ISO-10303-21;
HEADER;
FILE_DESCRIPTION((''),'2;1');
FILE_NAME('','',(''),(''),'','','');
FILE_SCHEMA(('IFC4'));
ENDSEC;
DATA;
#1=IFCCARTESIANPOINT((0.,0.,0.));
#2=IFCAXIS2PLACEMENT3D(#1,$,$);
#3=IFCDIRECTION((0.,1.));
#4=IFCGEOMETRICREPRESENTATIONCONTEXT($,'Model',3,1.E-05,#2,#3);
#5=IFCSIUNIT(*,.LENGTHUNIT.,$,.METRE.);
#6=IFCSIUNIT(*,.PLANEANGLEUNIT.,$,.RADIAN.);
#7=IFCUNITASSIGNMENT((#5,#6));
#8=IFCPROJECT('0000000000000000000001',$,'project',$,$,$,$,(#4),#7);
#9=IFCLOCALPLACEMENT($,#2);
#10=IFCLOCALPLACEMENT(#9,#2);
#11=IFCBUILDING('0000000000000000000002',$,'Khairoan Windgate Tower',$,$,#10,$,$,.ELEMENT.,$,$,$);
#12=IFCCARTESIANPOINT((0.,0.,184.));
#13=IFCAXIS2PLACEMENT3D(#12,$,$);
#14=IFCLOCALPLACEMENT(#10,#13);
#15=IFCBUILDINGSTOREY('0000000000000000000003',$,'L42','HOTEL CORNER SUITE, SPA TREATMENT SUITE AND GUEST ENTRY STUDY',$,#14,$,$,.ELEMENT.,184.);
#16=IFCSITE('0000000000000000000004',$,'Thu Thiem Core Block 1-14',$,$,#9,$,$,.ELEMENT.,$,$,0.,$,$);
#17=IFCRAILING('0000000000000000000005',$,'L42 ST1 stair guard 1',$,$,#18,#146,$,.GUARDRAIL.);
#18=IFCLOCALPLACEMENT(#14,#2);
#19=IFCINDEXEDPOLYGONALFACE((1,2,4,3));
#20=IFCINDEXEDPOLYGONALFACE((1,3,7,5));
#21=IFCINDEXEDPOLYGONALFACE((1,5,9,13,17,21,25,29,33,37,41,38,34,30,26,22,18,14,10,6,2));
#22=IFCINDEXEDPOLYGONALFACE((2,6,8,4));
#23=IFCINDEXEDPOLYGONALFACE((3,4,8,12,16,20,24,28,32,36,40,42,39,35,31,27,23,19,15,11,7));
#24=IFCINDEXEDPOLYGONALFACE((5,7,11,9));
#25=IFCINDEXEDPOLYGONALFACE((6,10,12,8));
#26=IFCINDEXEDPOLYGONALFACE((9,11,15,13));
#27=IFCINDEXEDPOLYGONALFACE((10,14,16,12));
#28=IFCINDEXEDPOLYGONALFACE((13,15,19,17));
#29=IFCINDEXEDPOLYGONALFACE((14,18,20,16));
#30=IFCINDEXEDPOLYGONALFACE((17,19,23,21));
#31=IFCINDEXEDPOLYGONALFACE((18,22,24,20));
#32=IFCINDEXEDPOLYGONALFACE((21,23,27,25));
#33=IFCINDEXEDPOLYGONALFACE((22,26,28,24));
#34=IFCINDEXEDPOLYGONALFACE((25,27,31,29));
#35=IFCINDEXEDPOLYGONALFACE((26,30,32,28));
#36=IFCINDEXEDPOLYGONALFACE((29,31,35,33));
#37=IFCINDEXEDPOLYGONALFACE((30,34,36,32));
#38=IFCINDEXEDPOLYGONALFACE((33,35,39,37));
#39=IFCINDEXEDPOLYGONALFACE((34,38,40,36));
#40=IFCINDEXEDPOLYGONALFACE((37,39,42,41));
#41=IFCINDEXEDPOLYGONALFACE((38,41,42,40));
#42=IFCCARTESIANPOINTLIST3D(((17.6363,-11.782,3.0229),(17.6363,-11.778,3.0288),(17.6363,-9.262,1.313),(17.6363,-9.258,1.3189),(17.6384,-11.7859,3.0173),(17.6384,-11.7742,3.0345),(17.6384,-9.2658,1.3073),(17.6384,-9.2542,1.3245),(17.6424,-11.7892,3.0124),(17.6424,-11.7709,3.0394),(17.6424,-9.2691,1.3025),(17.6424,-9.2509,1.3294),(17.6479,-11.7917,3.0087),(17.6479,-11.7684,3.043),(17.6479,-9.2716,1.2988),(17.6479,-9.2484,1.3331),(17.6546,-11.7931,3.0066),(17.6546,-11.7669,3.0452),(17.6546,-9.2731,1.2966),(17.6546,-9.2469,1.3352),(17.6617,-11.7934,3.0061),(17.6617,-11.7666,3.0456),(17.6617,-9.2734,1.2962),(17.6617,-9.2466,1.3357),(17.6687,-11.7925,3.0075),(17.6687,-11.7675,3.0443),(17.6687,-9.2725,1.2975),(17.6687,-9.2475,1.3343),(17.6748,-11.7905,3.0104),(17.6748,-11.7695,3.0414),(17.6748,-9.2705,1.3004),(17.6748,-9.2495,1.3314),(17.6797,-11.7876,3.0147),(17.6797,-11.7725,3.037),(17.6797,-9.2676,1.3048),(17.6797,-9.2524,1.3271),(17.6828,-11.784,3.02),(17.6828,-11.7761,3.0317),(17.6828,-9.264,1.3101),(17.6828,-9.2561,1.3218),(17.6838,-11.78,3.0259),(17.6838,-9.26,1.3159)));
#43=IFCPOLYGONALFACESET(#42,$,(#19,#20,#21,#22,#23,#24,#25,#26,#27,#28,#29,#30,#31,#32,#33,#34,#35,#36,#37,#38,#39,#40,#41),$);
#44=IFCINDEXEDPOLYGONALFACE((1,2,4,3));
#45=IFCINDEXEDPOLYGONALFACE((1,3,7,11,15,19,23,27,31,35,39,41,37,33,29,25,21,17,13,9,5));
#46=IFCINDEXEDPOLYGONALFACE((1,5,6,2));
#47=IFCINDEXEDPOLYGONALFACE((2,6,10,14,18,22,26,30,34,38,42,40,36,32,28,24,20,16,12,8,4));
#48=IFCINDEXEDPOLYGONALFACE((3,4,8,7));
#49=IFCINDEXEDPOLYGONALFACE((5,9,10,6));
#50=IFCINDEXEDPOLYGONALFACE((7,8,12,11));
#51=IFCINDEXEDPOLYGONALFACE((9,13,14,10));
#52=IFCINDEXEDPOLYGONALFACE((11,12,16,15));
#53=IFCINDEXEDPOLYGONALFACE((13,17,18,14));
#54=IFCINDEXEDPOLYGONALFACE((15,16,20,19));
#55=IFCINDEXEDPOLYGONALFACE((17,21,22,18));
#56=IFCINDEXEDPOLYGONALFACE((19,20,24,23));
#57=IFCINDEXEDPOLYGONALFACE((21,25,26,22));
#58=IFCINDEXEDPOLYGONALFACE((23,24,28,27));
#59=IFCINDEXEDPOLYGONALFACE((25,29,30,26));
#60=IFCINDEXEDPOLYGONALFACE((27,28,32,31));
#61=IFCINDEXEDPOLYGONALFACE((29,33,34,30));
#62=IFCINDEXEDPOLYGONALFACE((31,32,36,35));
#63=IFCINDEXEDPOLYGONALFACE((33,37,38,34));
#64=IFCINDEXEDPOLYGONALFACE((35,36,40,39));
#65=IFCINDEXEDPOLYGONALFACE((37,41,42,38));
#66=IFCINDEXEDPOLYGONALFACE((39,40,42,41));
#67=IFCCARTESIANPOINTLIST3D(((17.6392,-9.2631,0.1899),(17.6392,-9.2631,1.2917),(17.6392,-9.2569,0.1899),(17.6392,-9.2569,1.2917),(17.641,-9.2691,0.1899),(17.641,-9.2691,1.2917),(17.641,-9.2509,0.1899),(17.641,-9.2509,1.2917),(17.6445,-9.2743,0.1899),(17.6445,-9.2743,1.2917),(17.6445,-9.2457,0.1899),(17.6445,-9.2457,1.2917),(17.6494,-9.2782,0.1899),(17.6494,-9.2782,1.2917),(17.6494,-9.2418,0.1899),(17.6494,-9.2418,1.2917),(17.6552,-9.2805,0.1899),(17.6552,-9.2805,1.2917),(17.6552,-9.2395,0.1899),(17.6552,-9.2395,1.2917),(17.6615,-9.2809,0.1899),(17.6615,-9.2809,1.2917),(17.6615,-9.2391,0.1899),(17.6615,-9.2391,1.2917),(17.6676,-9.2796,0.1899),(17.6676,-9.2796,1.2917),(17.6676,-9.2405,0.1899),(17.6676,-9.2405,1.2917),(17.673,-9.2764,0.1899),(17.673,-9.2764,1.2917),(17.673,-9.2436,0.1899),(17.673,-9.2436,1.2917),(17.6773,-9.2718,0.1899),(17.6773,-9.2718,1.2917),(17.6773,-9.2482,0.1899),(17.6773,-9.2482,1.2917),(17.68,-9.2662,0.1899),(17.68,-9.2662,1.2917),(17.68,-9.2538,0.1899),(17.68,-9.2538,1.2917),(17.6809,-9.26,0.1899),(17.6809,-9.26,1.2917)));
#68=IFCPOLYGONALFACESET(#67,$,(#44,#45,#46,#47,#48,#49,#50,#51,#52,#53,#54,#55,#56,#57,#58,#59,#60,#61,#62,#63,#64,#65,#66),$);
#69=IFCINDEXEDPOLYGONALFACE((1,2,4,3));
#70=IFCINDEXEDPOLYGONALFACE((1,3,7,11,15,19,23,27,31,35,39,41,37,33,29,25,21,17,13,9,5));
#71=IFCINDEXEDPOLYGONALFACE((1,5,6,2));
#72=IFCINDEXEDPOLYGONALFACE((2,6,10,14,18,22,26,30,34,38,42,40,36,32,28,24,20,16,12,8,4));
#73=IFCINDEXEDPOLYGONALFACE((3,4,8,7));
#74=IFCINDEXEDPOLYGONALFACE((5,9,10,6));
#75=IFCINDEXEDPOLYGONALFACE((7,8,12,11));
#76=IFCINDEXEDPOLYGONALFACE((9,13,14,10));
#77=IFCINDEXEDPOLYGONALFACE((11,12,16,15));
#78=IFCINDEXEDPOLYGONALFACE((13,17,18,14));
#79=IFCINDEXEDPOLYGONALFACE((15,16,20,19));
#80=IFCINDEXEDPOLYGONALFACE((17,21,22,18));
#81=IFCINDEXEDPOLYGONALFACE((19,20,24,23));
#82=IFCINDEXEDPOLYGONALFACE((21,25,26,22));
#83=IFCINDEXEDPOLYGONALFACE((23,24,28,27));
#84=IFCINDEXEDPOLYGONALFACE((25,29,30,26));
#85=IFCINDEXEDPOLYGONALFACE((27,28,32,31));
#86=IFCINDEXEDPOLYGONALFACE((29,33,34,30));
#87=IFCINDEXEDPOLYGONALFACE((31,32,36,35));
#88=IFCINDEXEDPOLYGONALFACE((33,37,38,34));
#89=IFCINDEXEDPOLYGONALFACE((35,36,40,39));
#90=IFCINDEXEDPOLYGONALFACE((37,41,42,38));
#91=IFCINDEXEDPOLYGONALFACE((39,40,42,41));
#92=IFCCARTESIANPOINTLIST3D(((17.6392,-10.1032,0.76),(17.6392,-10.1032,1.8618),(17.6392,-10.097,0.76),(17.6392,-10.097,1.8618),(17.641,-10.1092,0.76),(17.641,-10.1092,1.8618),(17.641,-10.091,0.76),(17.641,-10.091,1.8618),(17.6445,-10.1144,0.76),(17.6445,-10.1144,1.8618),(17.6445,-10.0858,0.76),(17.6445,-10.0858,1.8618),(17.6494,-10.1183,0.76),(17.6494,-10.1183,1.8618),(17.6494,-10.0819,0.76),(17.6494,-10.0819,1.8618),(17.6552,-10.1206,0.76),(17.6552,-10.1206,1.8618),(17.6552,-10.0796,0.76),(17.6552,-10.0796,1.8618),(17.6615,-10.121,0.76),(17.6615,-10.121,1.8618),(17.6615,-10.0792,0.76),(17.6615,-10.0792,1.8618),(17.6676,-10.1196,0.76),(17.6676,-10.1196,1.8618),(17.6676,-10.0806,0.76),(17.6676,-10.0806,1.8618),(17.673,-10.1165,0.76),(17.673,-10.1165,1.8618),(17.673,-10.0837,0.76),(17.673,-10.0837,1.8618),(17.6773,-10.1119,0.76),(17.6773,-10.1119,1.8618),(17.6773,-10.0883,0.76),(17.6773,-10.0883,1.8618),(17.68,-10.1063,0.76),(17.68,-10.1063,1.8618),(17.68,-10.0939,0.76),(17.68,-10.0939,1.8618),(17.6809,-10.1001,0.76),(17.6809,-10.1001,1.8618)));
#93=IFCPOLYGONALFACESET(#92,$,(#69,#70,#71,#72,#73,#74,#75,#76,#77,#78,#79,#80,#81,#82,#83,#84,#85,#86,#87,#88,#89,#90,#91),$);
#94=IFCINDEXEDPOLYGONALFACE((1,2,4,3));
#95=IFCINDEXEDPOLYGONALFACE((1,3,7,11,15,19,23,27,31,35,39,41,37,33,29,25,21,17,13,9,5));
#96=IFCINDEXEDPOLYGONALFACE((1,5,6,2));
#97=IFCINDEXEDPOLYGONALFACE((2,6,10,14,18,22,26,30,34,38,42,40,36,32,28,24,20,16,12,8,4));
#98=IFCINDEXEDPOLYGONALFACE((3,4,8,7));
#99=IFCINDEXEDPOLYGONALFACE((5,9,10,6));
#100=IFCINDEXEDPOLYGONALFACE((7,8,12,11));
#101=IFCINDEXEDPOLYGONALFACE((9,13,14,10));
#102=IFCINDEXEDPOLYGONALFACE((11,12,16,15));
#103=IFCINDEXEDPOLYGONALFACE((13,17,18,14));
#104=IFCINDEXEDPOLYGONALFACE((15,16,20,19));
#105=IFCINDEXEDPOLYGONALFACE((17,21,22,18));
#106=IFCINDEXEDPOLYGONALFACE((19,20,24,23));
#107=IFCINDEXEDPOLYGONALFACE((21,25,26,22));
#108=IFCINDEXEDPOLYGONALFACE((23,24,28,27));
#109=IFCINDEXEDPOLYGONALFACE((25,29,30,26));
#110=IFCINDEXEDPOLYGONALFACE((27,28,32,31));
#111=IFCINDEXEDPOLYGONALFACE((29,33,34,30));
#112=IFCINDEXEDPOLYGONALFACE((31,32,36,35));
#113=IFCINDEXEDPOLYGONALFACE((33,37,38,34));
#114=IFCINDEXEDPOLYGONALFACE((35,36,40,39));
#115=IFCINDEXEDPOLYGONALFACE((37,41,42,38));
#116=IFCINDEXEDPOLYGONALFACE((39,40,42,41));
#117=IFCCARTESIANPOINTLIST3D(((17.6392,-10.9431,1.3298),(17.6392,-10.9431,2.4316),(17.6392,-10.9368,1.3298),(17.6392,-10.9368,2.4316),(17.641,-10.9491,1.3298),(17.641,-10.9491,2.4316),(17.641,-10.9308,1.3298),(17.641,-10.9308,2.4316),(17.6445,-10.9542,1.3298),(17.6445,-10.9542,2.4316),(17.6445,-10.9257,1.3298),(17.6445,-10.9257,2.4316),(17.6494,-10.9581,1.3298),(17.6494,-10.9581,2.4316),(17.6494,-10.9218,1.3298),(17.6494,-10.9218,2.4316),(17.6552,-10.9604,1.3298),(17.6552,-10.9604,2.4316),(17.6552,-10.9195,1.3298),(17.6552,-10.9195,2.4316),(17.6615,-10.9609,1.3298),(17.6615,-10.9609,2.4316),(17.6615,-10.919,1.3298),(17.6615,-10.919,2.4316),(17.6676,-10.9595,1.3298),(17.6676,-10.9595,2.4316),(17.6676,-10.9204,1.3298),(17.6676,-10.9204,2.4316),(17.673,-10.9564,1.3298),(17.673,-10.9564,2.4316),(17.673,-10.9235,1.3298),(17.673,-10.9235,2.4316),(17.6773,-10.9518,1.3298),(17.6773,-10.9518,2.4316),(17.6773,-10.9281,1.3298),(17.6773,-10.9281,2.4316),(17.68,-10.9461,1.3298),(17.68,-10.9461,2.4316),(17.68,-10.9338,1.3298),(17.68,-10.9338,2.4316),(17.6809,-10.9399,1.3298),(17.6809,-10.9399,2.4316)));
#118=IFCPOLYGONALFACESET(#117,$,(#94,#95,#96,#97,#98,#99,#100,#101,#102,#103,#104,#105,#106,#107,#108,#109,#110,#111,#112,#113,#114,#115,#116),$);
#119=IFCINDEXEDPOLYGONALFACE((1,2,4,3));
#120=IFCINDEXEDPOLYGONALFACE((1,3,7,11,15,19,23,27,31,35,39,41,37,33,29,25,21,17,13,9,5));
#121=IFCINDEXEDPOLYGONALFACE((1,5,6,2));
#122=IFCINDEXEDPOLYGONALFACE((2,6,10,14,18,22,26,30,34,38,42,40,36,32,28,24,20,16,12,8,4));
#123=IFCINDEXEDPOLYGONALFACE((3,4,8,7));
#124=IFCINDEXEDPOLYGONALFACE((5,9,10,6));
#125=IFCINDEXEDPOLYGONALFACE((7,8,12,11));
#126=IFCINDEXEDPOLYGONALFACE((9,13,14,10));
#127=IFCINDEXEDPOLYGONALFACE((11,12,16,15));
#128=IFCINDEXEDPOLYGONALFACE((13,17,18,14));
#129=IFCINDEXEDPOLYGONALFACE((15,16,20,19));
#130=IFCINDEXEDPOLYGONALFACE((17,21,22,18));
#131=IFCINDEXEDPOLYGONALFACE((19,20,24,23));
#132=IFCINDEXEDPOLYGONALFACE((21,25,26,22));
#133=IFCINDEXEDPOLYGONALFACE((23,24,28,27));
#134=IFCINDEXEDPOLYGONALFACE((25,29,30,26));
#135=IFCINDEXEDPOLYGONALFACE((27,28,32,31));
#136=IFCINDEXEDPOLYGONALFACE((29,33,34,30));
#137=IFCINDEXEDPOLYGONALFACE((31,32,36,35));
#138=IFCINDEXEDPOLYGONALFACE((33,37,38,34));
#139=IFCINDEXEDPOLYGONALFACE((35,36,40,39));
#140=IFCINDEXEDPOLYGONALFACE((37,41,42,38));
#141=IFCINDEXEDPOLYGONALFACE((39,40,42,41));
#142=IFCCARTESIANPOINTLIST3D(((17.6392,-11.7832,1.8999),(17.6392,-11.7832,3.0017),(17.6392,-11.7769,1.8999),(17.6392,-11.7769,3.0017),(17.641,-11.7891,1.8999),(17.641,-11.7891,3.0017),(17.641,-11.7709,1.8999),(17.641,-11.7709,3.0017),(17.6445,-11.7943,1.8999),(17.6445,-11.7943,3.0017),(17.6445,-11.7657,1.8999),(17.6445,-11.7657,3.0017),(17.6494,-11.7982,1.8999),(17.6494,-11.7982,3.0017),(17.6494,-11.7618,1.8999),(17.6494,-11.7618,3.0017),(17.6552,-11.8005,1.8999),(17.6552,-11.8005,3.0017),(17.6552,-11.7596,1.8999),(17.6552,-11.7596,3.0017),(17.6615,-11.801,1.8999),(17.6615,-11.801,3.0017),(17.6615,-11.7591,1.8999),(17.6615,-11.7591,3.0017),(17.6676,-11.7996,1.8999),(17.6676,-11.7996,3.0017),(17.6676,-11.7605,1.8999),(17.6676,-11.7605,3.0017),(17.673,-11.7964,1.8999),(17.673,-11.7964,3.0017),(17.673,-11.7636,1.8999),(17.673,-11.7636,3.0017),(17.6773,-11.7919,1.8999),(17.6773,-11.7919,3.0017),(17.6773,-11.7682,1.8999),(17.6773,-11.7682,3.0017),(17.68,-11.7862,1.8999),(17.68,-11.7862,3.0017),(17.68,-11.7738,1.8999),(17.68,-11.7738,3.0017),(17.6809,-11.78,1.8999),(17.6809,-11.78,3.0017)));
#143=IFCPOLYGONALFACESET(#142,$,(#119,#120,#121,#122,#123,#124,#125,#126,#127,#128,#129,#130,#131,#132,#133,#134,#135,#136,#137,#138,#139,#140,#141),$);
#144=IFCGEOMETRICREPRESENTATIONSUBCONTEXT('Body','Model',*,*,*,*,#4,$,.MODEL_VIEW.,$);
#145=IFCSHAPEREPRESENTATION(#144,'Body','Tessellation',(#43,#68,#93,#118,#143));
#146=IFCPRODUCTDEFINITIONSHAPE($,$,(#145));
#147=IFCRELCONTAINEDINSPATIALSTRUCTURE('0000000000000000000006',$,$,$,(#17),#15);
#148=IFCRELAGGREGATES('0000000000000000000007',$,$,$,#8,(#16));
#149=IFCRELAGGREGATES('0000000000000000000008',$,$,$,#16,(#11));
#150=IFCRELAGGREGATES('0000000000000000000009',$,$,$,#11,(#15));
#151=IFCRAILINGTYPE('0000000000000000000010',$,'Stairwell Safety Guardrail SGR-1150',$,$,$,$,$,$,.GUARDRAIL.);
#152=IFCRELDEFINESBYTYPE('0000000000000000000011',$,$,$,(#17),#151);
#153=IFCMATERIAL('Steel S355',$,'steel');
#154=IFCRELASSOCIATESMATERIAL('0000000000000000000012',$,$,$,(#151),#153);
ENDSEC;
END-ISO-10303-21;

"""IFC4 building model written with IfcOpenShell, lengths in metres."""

from ifc_helpers import new_model, si_unit, direction, frame, origin, origin_2d, place, context, subcontext, project, spatial, circle, extrude, material, type_object, element, save


model = new_model("IFC4")

# Units and contexts
model_context = context("Model", 3, precision=1e-05, world=origin(), true_north=direction((0.0, 1.0)))
body_context = subcontext(model_context, "Body", "Model", "MODEL_VIEW")
ifc_project = project(units=[si_unit("LENGTHUNIT", "METRE"), si_unit("PLANEANGLEUNIT", "RADIAN")], contexts=[model_context])

# Site, building, storey
site_placement = place(None, origin())
site = spatial("IfcSite", under=ifc_project, at=site_placement, Name="Thu Thiem Core Block 1-14", CompositionType="ELEMENT", RefElevation=0.0)
building_placement = place(site_placement, origin())
building = spatial("IfcBuilding", under=site, at=building_placement, Name="Khairoan Windgate Tower", CompositionType="ELEMENT")
storey_placement = place(building_placement, frame((0.0, 0.0, 184.0)))
storey = spatial("IfcBuildingStorey", under=building, at=storey_placement, Name="L42", Description="HOTEL CORNER SUITE, SPA TREATMENT SUITE AND GUEST ENTRY STUDY", CompositionType="ELEMENT", Elevation=184.0)

# Railing
ifc_material_1 = material(Name="Steel S355", Category="steel")
railing_type_1 = type_object("IfcRailingType", Name="Stairwell Safety Guardrail SGR-1150", PredefinedType="GUARDRAIL", material=ifc_material_1)
railing_1_placement = place(storey_placement, frame((17.6599, -9.26, 0.1899)))
element("IfcRailing", 1, at=railing_1_placement, inside=storey, type_object=railing_type_1, Name="L42 ST1 stair guard 1", PredefinedType="GUARDRAIL", context=body_context, shape_type="SweptSolid", body=[
    extrude(circle(Radius=0.0239, at=origin_2d()), frame((0.0, 0.0, 1.126), z_axis=(0.0, -0.827484, 0.56149), x_axis=(1.0, 0.0, 0.0)), (0.0, 0.0, 1.0), 3.0454),
    extrude(circle(Radius=0.021, at=origin_2d()), origin(), (0.0, 0.0, 1.0), 1.1018),
    extrude(circle(Radius=0.021, at=origin_2d()), frame((0.0, -0.8401, 0.5701)), (0.0, 0.0, 1.0), 1.1018),
    extrude(circle(Radius=0.021, at=origin_2d()), frame((0.0, -1.6799, 1.1399)), (0.0, 0.0, 1.0), 1.1018),
    extrude(circle(Radius=0.021, at=origin_2d()), frame((0.0, -2.52, 1.71)), (0.0, 0.0, 1.0), 1.1018),
])

save(model, "model.ifc")
